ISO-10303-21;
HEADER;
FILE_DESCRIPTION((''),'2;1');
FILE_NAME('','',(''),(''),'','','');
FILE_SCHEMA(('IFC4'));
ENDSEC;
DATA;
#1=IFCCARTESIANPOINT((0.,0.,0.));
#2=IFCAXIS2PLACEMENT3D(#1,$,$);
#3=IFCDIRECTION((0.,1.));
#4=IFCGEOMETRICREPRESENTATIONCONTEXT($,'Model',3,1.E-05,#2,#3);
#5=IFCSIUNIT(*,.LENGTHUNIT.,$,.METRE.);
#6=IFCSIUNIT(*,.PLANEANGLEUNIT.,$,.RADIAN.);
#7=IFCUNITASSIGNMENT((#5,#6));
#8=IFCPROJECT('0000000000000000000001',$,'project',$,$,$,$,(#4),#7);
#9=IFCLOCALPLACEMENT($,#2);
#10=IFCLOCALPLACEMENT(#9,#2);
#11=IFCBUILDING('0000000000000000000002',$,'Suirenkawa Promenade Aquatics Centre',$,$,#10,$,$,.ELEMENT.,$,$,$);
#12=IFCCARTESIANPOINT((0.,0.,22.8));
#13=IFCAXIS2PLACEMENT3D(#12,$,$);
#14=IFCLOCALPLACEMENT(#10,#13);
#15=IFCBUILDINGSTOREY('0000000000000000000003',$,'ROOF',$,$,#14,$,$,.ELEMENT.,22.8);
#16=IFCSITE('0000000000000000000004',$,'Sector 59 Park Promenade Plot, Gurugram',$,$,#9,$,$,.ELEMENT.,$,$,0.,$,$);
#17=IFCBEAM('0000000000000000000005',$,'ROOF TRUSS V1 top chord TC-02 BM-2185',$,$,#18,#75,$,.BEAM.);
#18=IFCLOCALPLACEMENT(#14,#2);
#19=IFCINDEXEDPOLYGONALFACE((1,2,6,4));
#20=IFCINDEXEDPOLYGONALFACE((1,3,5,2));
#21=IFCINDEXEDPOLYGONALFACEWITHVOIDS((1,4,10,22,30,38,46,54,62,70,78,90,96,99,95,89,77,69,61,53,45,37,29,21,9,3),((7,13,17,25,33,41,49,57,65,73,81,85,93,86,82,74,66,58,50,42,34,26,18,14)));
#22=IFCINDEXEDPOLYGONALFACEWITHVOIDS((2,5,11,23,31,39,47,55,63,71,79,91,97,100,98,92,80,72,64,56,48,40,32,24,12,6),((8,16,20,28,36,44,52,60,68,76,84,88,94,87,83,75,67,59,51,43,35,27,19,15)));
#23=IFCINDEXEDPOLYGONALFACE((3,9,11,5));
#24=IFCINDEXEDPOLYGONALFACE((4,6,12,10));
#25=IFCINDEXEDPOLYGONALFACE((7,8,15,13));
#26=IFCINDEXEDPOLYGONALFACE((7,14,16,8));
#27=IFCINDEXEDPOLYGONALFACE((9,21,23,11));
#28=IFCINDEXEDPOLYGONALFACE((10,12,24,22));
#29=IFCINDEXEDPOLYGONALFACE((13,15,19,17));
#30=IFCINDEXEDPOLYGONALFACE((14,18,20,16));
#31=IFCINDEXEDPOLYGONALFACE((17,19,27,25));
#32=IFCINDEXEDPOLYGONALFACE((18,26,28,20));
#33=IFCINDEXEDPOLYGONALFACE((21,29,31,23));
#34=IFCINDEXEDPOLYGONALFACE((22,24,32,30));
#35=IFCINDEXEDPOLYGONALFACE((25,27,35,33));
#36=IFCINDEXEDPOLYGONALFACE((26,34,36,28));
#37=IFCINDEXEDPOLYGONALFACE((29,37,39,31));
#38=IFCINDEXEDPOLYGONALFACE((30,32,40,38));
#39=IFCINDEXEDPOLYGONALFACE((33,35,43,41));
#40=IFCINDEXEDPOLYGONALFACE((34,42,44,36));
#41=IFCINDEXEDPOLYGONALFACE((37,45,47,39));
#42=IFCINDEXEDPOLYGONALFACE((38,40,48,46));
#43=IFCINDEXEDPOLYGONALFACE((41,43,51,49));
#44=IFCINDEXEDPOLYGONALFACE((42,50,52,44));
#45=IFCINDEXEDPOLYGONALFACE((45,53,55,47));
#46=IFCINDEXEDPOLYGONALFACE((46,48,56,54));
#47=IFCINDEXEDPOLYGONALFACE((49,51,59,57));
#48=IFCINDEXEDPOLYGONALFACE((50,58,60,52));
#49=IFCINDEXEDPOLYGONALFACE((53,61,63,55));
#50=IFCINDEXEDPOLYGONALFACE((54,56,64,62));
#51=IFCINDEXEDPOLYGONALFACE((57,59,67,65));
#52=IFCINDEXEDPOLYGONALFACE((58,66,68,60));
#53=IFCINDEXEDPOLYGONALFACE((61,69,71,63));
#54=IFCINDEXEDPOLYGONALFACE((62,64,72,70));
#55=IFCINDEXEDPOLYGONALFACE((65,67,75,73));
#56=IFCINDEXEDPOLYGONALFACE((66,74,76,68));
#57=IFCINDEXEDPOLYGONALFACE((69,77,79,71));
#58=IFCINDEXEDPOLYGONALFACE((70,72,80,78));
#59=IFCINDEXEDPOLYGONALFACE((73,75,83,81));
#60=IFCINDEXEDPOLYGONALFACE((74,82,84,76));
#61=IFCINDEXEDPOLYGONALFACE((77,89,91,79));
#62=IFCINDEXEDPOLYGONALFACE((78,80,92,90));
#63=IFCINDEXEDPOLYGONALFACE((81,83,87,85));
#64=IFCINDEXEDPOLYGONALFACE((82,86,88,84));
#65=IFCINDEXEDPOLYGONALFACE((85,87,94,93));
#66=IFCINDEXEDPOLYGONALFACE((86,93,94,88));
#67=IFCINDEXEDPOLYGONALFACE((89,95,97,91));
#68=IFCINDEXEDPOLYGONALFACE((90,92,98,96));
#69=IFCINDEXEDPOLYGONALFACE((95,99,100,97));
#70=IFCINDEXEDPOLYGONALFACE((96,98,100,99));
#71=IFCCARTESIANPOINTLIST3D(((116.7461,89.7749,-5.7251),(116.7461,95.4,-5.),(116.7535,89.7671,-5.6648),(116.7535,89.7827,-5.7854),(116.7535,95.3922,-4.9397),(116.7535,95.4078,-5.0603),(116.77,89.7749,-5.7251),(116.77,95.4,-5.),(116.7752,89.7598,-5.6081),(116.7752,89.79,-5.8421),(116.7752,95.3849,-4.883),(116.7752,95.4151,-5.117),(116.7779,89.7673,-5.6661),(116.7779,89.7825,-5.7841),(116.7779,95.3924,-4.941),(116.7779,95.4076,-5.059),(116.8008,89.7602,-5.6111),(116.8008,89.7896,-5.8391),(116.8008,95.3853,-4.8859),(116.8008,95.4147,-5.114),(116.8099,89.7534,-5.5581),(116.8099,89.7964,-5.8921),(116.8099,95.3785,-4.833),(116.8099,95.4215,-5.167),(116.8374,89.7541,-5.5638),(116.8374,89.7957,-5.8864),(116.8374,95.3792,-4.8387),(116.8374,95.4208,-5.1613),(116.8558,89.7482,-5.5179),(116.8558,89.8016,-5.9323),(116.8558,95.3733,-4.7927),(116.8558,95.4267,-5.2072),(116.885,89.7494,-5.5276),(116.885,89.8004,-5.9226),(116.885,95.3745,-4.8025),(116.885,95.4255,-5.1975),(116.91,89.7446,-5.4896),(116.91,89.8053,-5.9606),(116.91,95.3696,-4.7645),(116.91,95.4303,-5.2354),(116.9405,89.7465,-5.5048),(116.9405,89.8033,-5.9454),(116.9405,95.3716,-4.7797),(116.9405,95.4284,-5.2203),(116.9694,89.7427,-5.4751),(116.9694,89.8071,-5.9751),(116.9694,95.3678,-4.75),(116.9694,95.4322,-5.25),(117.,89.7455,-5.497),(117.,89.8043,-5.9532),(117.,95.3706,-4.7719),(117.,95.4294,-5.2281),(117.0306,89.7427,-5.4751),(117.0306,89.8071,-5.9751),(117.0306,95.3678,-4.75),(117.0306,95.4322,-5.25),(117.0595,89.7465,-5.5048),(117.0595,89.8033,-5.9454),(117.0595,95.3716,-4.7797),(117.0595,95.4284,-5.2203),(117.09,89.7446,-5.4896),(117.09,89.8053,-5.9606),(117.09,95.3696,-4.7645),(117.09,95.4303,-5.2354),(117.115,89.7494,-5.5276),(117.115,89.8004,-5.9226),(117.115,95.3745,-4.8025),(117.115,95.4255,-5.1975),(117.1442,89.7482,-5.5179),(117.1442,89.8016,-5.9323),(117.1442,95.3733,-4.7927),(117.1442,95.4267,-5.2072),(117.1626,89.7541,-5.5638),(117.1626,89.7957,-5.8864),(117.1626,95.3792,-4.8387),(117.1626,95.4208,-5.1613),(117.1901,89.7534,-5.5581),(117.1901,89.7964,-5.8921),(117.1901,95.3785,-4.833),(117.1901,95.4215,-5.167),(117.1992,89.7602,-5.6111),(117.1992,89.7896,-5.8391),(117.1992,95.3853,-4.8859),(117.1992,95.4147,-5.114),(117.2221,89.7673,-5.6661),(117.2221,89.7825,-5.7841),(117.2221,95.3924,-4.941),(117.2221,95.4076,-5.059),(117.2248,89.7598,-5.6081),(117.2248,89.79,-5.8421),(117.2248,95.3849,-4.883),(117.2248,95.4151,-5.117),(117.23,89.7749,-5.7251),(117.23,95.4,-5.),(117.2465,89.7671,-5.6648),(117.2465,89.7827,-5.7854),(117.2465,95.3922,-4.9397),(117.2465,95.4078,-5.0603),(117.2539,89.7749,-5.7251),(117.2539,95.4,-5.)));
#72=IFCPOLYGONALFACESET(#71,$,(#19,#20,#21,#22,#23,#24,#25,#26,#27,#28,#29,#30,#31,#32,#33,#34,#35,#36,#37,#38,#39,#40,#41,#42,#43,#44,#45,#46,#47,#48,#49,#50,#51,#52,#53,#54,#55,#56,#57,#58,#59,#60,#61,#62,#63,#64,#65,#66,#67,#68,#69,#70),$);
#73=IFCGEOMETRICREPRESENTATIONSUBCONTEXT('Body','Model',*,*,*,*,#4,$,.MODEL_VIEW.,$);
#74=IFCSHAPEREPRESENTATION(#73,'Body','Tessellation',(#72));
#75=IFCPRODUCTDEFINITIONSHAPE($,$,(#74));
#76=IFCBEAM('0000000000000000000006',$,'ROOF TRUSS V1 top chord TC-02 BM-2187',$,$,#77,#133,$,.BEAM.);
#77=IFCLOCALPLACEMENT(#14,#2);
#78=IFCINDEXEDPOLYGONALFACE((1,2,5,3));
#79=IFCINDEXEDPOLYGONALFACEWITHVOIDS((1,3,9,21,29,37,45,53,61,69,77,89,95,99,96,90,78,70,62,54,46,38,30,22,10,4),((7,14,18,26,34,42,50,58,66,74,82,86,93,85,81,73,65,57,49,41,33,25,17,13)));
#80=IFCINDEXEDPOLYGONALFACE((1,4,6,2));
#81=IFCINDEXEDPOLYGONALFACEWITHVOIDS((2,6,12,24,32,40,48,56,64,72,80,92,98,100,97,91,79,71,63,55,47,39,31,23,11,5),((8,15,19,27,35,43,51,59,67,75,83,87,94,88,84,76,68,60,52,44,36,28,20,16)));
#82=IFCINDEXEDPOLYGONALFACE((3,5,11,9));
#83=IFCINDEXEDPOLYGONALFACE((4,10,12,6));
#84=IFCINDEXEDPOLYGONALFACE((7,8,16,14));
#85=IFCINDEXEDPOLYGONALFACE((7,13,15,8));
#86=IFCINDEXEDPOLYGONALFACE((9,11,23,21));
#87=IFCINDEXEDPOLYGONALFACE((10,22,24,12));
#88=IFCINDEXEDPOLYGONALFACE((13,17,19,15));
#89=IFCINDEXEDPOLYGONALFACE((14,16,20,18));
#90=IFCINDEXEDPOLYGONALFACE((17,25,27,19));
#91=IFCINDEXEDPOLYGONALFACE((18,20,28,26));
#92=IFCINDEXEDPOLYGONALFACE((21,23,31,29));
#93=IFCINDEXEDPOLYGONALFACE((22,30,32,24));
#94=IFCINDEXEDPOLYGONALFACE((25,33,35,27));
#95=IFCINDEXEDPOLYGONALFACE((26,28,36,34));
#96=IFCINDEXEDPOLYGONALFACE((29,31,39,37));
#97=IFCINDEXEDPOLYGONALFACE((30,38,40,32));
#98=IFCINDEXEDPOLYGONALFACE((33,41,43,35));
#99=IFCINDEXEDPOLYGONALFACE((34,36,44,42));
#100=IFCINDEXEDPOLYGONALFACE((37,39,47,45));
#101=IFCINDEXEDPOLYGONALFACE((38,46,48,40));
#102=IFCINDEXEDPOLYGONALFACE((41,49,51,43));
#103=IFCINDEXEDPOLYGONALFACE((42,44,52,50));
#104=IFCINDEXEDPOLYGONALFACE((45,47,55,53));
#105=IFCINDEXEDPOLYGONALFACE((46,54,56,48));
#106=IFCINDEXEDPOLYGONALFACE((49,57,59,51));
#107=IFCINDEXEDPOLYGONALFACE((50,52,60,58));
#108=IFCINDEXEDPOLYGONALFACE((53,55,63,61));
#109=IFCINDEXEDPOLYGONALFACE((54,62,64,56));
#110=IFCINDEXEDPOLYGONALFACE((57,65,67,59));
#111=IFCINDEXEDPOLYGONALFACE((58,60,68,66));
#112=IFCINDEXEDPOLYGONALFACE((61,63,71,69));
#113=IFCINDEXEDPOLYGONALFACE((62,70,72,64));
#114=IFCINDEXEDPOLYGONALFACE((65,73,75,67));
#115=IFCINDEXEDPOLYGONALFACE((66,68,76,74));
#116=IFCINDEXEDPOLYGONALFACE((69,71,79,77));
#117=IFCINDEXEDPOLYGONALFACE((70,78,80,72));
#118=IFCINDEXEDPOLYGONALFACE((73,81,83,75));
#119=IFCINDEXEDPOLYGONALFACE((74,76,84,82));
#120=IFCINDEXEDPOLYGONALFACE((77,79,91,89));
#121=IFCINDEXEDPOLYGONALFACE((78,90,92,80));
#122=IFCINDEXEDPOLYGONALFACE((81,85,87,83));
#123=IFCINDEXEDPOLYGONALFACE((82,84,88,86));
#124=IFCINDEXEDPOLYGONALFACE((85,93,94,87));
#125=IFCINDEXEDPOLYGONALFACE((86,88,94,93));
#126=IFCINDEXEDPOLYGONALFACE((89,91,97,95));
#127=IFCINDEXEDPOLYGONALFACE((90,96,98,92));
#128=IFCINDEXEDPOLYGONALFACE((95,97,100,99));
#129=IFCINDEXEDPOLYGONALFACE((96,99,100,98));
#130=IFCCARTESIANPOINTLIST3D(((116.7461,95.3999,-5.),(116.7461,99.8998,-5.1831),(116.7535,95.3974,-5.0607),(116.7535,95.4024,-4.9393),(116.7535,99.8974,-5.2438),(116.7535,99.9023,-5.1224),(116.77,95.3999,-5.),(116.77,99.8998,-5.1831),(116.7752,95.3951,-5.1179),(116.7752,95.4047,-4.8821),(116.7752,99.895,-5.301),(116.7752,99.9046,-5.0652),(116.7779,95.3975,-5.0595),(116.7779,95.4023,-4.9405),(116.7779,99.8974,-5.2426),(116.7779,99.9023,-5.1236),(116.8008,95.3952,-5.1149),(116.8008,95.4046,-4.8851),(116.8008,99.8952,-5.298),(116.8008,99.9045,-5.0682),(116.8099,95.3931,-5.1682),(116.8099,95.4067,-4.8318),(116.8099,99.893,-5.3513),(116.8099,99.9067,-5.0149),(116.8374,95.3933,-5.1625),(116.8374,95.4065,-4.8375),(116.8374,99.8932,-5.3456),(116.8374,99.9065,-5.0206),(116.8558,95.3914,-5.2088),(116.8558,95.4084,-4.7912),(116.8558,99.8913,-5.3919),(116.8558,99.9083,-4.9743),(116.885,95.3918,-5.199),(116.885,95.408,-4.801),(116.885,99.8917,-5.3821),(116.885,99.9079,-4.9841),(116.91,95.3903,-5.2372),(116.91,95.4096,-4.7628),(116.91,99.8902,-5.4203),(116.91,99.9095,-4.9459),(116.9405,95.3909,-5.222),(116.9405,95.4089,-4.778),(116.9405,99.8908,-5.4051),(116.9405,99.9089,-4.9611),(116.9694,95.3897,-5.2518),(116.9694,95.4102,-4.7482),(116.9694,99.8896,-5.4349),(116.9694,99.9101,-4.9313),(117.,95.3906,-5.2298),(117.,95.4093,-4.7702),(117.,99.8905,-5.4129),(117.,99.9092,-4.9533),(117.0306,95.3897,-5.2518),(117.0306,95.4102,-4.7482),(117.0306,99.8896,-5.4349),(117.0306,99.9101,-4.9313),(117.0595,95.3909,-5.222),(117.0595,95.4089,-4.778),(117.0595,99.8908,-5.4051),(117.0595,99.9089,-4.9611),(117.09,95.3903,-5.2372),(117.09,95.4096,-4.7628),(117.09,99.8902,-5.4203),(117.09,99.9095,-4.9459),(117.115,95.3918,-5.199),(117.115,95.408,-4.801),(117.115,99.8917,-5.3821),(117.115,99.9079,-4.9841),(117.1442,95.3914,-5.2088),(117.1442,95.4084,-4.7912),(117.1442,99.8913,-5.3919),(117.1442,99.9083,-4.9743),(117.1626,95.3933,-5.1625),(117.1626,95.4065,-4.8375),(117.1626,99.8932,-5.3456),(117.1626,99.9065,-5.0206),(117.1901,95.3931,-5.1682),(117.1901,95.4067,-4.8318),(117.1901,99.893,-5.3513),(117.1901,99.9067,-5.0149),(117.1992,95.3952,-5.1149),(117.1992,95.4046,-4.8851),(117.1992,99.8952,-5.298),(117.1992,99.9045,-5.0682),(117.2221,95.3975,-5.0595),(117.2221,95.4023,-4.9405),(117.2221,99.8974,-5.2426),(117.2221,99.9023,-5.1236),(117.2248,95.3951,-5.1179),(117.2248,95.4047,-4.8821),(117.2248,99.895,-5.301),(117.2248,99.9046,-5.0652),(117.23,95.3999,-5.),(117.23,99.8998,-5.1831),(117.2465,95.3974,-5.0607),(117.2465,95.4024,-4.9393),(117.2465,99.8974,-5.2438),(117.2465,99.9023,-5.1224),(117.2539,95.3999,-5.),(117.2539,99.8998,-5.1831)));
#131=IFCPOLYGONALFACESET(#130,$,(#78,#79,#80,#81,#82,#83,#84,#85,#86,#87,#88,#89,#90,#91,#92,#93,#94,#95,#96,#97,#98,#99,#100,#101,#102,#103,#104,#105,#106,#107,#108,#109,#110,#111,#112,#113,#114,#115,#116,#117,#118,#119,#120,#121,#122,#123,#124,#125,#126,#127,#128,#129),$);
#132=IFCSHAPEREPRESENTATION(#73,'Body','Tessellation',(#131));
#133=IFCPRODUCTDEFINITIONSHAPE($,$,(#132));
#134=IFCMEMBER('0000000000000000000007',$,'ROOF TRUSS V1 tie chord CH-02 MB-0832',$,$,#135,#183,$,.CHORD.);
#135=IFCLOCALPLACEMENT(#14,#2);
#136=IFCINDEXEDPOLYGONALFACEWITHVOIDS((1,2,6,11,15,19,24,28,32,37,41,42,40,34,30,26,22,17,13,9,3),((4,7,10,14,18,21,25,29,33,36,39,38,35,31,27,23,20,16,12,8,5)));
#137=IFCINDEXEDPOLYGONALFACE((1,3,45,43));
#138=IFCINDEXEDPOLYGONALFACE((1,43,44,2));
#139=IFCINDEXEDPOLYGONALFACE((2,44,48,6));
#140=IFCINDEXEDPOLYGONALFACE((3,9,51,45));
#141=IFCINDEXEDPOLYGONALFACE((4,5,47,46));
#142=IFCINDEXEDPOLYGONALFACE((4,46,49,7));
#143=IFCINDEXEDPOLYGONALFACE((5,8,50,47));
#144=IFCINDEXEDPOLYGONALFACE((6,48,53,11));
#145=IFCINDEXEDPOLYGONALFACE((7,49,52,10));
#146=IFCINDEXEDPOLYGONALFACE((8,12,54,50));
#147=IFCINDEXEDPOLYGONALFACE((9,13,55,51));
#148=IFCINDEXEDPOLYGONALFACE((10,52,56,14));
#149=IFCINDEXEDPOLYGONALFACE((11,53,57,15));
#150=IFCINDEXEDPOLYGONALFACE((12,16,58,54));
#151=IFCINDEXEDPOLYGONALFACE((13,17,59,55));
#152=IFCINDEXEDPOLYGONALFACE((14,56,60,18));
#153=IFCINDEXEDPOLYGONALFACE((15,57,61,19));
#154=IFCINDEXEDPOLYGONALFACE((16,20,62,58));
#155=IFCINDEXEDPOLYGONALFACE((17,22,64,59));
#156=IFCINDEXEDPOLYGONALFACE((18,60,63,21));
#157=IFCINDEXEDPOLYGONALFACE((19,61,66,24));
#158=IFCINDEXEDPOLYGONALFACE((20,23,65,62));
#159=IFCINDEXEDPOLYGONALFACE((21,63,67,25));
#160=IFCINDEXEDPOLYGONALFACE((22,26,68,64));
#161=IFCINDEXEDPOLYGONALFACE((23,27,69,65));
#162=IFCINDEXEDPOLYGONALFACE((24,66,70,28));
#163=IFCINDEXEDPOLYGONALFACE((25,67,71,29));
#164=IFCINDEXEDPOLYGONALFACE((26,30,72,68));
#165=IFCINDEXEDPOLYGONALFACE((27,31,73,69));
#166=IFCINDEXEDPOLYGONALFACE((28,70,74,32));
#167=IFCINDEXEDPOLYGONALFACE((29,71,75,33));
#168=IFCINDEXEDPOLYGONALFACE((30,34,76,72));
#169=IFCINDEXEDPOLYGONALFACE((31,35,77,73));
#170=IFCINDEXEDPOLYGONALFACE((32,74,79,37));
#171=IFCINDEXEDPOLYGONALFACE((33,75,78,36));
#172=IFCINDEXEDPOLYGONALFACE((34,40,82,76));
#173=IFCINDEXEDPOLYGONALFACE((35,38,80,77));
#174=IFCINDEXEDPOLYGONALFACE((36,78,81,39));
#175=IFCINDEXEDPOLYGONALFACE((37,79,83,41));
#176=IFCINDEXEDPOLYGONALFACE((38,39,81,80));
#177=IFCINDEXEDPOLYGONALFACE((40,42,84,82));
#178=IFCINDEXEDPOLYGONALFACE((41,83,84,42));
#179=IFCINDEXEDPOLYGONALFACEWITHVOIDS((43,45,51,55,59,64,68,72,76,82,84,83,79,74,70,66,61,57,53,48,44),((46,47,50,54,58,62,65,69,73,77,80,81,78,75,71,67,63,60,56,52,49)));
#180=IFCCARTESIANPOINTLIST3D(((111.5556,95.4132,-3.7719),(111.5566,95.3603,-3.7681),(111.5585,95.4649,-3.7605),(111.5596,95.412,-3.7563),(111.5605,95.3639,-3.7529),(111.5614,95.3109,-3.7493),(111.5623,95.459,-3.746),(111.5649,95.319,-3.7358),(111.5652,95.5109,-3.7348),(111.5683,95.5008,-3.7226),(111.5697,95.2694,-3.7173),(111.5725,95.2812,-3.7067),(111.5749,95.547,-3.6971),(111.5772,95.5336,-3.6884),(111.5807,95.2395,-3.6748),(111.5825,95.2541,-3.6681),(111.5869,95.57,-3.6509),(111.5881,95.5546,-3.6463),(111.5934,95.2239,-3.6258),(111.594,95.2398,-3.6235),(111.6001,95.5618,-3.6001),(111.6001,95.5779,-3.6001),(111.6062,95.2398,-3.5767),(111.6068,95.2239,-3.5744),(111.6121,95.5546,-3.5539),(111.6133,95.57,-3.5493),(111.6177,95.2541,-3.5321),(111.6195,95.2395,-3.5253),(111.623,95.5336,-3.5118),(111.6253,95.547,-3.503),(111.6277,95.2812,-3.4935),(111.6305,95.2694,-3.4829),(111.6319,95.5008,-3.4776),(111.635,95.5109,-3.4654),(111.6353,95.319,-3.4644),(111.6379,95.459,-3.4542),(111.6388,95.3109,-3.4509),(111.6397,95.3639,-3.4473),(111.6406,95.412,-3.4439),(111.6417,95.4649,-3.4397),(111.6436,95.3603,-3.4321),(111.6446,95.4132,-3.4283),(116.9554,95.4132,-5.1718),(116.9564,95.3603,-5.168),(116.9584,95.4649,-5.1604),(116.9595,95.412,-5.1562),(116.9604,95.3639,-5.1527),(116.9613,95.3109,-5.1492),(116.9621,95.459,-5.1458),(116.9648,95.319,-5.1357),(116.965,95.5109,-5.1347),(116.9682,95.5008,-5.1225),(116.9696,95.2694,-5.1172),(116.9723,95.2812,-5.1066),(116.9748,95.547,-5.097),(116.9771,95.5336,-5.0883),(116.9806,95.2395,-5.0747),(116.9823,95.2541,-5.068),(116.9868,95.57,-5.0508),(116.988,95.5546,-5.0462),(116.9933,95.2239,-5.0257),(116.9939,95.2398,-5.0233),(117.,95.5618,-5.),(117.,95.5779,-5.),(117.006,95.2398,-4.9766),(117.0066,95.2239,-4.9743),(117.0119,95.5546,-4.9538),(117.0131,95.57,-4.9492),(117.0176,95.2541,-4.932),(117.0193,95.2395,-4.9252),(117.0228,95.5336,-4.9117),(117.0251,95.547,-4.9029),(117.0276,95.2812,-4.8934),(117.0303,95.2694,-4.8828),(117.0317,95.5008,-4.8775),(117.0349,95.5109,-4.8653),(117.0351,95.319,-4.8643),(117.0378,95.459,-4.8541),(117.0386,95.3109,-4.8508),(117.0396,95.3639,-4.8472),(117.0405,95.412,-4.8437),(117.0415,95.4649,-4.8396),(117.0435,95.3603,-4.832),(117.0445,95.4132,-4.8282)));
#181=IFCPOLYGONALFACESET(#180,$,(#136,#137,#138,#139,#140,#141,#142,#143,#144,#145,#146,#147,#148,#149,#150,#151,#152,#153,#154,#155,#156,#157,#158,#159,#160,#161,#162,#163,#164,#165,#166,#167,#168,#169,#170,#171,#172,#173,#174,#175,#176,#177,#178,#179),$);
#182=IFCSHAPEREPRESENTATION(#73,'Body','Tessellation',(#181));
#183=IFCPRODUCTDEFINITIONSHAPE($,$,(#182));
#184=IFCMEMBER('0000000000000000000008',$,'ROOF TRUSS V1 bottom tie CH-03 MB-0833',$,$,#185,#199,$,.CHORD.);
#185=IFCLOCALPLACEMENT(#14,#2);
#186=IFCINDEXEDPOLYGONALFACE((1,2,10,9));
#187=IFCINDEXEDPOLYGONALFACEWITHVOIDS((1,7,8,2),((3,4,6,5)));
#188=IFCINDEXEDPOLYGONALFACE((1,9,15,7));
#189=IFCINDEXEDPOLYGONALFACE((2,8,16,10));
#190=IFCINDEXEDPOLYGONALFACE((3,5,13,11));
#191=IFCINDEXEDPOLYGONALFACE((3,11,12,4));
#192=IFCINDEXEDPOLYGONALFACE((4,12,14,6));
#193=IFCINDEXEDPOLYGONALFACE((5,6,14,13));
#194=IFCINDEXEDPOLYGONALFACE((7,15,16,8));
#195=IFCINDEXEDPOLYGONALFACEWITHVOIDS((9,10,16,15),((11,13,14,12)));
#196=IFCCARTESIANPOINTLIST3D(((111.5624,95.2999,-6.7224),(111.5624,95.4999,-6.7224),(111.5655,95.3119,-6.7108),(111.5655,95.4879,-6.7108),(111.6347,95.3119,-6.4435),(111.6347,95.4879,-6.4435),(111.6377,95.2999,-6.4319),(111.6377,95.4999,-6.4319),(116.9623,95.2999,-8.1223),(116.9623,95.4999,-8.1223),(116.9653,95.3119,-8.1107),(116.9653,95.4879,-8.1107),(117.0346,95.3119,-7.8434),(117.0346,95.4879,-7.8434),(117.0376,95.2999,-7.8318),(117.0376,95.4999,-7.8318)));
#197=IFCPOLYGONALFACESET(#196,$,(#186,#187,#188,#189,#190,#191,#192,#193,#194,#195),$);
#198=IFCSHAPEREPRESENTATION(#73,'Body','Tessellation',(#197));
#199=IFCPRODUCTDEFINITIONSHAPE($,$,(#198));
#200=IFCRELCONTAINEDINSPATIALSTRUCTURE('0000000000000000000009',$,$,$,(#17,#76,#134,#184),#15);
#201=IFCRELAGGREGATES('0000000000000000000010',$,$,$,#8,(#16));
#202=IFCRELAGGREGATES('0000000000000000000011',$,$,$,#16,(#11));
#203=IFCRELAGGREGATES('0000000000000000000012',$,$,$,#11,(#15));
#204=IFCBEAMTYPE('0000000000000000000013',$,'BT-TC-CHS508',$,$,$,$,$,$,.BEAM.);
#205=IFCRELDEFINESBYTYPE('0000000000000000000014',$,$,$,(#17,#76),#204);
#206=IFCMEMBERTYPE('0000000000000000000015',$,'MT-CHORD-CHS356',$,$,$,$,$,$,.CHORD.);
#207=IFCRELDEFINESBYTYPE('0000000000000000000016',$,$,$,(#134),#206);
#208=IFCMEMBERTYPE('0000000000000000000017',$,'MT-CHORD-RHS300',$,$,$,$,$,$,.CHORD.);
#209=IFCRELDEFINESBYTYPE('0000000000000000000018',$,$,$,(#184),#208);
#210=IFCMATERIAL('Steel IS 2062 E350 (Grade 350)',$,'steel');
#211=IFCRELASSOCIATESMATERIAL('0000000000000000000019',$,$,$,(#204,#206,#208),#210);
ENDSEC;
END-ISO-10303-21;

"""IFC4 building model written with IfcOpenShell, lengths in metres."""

from ifc_helpers import new_model, si_unit, direction, frame, origin, origin_2d, place, context, subcontext, project, spatial, hollow_rectangle, hollow_circle, extrude, material, material_profile, profile_set, type_object, element, save


model = new_model("IFC4")

# Units and contexts
model_context = context("Model", 3, precision=1e-05, world=origin(), true_north=direction((0.0, 1.0)))
body_context = subcontext(model_context, "Body", "Model", "MODEL_VIEW")
ifc_project = project(units=[si_unit("LENGTHUNIT", "METRE"), si_unit("PLANEANGLEUNIT", "RADIAN")], contexts=[model_context])

# Site, building, storey
site_placement = place(None, origin())
site = spatial("IfcSite", under=ifc_project, at=site_placement, Name="Sector 59 Park Promenade Plot, Gurugram", CompositionType="ELEMENT", RefElevation=0.0)
building_placement = place(site_placement, origin())
building = spatial("IfcBuilding", under=site, at=building_placement, Name="Suirenkawa Promenade Aquatics Centre", CompositionType="ELEMENT")
storey_placement = place(building_placement, frame((0.0, 0.0, 22.8)))
storey = spatial("IfcBuildingStorey", under=building, at=storey_placement, Name="ROOF", CompositionType="ELEMENT", Elevation=22.8)

# Beams
ifc_material_1 = material(Name="Steel IS 2062 E350 (Grade 350)", Category="steel")
ifc_material_profile_1 = material_profile(ifc_material_1, hollow_circle(Radius=0.2539, WallThickness=0.0239, at=origin_2d()), Name="CHS 508x24", Category="steel")
ifc_profile_set_1 = profile_set([ifc_material_profile_1], Name="Steel IS 2062 E350 (Grade 350)")
beam_type_1 = type_object("IfcBeamType", Name="BT-TC-CHS508", PredefinedType="BEAM", material=ifc_profile_set_1)
beam_1_placement = place(storey_placement, frame((117.0, 89.7749, -5.7251), z_axis=(0.0, 0.991794, 0.127848), x_axis=(-1.0, 0.0, 0.0)))
element("IfcBeam", 1, at=beam_1_placement, inside=storey, type_object=beam_type_1, Name="ROOF TRUSS V1 top chord TC-02 BM-2185", PredefinedType="BEAM", context=body_context, shape_type="SweptSolid", body=[
    extrude(hollow_circle(Radius=0.2539, WallThickness=0.0239, at=origin_2d()), origin(), (0.0, 0.0, 1.0), 5.6716),
])
beam_2_placement = place(storey_placement, frame((117.0, 95.3999, -5.0), z_axis=(0.0, 0.999173, -0.040656), x_axis=(-1.0, 0.0, 0.0)))
element("IfcBeam", 2, at=beam_2_placement, inside=storey, type_object=beam_type_1, Name="ROOF TRUSS V1 top chord TC-02 BM-2187", PredefinedType="BEAM", context=body_context, shape_type="SweptSolid", body=[
    extrude(hollow_circle(Radius=0.2539, WallThickness=0.0239, at=origin_2d()), origin(), (0.0, 0.0, 1.0), 4.5037),
])

# Members
ifc_material_profile_2 = material_profile(ifc_material_1, hollow_circle(Radius=0.178, WallThickness=0.0161, at=origin_2d()), Name="CHS 356x16", Category="steel")
ifc_profile_set_2 = profile_set([ifc_material_profile_2], Name="Steel IS 2062 E350 (Grade 350)")
member_type_1 = type_object("IfcMemberType", Name="MT-CHORD-CHS356", PredefinedType="CHORD", material=ifc_profile_set_2)
member_1_placement = place(storey_placement, frame((111.6001, 95.3999, -3.6001), z_axis=(0.968, 0.0, -0.25095), x_axis=(0.0, 1.0, 0.0)))
element("IfcMember", 3, at=member_1_placement, inside=storey, type_object=member_type_1, Name="ROOF TRUSS V1 tie chord CH-02 MB-0832", PredefinedType="CHORD", context=body_context, shape_type="SweptSolid", body=[
    extrude(hollow_circle(Radius=0.178, WallThickness=0.0161, at=origin_2d()), origin(), (0.0, 0.0, 1.0), 5.5784),
])
ifc_material_profile_3 = material_profile(ifc_material_1, hollow_rectangle(XDim=0.2, YDim=0.3, WallThickness=0.012, at=origin_2d()), Name="RHS 300x200x12", Category="steel")
ifc_profile_set_3 = profile_set([ifc_material_profile_3], Name="Steel IS 2062 E350 (Grade 350)")
member_type_2 = type_object("IfcMemberType", Name="MT-CHORD-RHS300", PredefinedType="CHORD", material=ifc_profile_set_3)
member_2_placement = place(storey_placement, frame((111.6001, 95.3999, -6.5771), z_axis=(0.968, 0.0, -0.25095), x_axis=(0.0, 1.0, 0.0)))
element("IfcMember", 4, at=member_2_placement, inside=storey, type_object=member_type_2, Name="ROOF TRUSS V1 bottom tie CH-03 MB-0833", PredefinedType="CHORD", context=body_context, shape_type="SweptSolid", body=[
    extrude(hollow_rectangle(XDim=0.2, YDim=0.3, WallThickness=0.012, at=origin_2d()), origin(), (0.0, 0.0, 1.0), 5.5784),
])

save(model, "model.ifc")
